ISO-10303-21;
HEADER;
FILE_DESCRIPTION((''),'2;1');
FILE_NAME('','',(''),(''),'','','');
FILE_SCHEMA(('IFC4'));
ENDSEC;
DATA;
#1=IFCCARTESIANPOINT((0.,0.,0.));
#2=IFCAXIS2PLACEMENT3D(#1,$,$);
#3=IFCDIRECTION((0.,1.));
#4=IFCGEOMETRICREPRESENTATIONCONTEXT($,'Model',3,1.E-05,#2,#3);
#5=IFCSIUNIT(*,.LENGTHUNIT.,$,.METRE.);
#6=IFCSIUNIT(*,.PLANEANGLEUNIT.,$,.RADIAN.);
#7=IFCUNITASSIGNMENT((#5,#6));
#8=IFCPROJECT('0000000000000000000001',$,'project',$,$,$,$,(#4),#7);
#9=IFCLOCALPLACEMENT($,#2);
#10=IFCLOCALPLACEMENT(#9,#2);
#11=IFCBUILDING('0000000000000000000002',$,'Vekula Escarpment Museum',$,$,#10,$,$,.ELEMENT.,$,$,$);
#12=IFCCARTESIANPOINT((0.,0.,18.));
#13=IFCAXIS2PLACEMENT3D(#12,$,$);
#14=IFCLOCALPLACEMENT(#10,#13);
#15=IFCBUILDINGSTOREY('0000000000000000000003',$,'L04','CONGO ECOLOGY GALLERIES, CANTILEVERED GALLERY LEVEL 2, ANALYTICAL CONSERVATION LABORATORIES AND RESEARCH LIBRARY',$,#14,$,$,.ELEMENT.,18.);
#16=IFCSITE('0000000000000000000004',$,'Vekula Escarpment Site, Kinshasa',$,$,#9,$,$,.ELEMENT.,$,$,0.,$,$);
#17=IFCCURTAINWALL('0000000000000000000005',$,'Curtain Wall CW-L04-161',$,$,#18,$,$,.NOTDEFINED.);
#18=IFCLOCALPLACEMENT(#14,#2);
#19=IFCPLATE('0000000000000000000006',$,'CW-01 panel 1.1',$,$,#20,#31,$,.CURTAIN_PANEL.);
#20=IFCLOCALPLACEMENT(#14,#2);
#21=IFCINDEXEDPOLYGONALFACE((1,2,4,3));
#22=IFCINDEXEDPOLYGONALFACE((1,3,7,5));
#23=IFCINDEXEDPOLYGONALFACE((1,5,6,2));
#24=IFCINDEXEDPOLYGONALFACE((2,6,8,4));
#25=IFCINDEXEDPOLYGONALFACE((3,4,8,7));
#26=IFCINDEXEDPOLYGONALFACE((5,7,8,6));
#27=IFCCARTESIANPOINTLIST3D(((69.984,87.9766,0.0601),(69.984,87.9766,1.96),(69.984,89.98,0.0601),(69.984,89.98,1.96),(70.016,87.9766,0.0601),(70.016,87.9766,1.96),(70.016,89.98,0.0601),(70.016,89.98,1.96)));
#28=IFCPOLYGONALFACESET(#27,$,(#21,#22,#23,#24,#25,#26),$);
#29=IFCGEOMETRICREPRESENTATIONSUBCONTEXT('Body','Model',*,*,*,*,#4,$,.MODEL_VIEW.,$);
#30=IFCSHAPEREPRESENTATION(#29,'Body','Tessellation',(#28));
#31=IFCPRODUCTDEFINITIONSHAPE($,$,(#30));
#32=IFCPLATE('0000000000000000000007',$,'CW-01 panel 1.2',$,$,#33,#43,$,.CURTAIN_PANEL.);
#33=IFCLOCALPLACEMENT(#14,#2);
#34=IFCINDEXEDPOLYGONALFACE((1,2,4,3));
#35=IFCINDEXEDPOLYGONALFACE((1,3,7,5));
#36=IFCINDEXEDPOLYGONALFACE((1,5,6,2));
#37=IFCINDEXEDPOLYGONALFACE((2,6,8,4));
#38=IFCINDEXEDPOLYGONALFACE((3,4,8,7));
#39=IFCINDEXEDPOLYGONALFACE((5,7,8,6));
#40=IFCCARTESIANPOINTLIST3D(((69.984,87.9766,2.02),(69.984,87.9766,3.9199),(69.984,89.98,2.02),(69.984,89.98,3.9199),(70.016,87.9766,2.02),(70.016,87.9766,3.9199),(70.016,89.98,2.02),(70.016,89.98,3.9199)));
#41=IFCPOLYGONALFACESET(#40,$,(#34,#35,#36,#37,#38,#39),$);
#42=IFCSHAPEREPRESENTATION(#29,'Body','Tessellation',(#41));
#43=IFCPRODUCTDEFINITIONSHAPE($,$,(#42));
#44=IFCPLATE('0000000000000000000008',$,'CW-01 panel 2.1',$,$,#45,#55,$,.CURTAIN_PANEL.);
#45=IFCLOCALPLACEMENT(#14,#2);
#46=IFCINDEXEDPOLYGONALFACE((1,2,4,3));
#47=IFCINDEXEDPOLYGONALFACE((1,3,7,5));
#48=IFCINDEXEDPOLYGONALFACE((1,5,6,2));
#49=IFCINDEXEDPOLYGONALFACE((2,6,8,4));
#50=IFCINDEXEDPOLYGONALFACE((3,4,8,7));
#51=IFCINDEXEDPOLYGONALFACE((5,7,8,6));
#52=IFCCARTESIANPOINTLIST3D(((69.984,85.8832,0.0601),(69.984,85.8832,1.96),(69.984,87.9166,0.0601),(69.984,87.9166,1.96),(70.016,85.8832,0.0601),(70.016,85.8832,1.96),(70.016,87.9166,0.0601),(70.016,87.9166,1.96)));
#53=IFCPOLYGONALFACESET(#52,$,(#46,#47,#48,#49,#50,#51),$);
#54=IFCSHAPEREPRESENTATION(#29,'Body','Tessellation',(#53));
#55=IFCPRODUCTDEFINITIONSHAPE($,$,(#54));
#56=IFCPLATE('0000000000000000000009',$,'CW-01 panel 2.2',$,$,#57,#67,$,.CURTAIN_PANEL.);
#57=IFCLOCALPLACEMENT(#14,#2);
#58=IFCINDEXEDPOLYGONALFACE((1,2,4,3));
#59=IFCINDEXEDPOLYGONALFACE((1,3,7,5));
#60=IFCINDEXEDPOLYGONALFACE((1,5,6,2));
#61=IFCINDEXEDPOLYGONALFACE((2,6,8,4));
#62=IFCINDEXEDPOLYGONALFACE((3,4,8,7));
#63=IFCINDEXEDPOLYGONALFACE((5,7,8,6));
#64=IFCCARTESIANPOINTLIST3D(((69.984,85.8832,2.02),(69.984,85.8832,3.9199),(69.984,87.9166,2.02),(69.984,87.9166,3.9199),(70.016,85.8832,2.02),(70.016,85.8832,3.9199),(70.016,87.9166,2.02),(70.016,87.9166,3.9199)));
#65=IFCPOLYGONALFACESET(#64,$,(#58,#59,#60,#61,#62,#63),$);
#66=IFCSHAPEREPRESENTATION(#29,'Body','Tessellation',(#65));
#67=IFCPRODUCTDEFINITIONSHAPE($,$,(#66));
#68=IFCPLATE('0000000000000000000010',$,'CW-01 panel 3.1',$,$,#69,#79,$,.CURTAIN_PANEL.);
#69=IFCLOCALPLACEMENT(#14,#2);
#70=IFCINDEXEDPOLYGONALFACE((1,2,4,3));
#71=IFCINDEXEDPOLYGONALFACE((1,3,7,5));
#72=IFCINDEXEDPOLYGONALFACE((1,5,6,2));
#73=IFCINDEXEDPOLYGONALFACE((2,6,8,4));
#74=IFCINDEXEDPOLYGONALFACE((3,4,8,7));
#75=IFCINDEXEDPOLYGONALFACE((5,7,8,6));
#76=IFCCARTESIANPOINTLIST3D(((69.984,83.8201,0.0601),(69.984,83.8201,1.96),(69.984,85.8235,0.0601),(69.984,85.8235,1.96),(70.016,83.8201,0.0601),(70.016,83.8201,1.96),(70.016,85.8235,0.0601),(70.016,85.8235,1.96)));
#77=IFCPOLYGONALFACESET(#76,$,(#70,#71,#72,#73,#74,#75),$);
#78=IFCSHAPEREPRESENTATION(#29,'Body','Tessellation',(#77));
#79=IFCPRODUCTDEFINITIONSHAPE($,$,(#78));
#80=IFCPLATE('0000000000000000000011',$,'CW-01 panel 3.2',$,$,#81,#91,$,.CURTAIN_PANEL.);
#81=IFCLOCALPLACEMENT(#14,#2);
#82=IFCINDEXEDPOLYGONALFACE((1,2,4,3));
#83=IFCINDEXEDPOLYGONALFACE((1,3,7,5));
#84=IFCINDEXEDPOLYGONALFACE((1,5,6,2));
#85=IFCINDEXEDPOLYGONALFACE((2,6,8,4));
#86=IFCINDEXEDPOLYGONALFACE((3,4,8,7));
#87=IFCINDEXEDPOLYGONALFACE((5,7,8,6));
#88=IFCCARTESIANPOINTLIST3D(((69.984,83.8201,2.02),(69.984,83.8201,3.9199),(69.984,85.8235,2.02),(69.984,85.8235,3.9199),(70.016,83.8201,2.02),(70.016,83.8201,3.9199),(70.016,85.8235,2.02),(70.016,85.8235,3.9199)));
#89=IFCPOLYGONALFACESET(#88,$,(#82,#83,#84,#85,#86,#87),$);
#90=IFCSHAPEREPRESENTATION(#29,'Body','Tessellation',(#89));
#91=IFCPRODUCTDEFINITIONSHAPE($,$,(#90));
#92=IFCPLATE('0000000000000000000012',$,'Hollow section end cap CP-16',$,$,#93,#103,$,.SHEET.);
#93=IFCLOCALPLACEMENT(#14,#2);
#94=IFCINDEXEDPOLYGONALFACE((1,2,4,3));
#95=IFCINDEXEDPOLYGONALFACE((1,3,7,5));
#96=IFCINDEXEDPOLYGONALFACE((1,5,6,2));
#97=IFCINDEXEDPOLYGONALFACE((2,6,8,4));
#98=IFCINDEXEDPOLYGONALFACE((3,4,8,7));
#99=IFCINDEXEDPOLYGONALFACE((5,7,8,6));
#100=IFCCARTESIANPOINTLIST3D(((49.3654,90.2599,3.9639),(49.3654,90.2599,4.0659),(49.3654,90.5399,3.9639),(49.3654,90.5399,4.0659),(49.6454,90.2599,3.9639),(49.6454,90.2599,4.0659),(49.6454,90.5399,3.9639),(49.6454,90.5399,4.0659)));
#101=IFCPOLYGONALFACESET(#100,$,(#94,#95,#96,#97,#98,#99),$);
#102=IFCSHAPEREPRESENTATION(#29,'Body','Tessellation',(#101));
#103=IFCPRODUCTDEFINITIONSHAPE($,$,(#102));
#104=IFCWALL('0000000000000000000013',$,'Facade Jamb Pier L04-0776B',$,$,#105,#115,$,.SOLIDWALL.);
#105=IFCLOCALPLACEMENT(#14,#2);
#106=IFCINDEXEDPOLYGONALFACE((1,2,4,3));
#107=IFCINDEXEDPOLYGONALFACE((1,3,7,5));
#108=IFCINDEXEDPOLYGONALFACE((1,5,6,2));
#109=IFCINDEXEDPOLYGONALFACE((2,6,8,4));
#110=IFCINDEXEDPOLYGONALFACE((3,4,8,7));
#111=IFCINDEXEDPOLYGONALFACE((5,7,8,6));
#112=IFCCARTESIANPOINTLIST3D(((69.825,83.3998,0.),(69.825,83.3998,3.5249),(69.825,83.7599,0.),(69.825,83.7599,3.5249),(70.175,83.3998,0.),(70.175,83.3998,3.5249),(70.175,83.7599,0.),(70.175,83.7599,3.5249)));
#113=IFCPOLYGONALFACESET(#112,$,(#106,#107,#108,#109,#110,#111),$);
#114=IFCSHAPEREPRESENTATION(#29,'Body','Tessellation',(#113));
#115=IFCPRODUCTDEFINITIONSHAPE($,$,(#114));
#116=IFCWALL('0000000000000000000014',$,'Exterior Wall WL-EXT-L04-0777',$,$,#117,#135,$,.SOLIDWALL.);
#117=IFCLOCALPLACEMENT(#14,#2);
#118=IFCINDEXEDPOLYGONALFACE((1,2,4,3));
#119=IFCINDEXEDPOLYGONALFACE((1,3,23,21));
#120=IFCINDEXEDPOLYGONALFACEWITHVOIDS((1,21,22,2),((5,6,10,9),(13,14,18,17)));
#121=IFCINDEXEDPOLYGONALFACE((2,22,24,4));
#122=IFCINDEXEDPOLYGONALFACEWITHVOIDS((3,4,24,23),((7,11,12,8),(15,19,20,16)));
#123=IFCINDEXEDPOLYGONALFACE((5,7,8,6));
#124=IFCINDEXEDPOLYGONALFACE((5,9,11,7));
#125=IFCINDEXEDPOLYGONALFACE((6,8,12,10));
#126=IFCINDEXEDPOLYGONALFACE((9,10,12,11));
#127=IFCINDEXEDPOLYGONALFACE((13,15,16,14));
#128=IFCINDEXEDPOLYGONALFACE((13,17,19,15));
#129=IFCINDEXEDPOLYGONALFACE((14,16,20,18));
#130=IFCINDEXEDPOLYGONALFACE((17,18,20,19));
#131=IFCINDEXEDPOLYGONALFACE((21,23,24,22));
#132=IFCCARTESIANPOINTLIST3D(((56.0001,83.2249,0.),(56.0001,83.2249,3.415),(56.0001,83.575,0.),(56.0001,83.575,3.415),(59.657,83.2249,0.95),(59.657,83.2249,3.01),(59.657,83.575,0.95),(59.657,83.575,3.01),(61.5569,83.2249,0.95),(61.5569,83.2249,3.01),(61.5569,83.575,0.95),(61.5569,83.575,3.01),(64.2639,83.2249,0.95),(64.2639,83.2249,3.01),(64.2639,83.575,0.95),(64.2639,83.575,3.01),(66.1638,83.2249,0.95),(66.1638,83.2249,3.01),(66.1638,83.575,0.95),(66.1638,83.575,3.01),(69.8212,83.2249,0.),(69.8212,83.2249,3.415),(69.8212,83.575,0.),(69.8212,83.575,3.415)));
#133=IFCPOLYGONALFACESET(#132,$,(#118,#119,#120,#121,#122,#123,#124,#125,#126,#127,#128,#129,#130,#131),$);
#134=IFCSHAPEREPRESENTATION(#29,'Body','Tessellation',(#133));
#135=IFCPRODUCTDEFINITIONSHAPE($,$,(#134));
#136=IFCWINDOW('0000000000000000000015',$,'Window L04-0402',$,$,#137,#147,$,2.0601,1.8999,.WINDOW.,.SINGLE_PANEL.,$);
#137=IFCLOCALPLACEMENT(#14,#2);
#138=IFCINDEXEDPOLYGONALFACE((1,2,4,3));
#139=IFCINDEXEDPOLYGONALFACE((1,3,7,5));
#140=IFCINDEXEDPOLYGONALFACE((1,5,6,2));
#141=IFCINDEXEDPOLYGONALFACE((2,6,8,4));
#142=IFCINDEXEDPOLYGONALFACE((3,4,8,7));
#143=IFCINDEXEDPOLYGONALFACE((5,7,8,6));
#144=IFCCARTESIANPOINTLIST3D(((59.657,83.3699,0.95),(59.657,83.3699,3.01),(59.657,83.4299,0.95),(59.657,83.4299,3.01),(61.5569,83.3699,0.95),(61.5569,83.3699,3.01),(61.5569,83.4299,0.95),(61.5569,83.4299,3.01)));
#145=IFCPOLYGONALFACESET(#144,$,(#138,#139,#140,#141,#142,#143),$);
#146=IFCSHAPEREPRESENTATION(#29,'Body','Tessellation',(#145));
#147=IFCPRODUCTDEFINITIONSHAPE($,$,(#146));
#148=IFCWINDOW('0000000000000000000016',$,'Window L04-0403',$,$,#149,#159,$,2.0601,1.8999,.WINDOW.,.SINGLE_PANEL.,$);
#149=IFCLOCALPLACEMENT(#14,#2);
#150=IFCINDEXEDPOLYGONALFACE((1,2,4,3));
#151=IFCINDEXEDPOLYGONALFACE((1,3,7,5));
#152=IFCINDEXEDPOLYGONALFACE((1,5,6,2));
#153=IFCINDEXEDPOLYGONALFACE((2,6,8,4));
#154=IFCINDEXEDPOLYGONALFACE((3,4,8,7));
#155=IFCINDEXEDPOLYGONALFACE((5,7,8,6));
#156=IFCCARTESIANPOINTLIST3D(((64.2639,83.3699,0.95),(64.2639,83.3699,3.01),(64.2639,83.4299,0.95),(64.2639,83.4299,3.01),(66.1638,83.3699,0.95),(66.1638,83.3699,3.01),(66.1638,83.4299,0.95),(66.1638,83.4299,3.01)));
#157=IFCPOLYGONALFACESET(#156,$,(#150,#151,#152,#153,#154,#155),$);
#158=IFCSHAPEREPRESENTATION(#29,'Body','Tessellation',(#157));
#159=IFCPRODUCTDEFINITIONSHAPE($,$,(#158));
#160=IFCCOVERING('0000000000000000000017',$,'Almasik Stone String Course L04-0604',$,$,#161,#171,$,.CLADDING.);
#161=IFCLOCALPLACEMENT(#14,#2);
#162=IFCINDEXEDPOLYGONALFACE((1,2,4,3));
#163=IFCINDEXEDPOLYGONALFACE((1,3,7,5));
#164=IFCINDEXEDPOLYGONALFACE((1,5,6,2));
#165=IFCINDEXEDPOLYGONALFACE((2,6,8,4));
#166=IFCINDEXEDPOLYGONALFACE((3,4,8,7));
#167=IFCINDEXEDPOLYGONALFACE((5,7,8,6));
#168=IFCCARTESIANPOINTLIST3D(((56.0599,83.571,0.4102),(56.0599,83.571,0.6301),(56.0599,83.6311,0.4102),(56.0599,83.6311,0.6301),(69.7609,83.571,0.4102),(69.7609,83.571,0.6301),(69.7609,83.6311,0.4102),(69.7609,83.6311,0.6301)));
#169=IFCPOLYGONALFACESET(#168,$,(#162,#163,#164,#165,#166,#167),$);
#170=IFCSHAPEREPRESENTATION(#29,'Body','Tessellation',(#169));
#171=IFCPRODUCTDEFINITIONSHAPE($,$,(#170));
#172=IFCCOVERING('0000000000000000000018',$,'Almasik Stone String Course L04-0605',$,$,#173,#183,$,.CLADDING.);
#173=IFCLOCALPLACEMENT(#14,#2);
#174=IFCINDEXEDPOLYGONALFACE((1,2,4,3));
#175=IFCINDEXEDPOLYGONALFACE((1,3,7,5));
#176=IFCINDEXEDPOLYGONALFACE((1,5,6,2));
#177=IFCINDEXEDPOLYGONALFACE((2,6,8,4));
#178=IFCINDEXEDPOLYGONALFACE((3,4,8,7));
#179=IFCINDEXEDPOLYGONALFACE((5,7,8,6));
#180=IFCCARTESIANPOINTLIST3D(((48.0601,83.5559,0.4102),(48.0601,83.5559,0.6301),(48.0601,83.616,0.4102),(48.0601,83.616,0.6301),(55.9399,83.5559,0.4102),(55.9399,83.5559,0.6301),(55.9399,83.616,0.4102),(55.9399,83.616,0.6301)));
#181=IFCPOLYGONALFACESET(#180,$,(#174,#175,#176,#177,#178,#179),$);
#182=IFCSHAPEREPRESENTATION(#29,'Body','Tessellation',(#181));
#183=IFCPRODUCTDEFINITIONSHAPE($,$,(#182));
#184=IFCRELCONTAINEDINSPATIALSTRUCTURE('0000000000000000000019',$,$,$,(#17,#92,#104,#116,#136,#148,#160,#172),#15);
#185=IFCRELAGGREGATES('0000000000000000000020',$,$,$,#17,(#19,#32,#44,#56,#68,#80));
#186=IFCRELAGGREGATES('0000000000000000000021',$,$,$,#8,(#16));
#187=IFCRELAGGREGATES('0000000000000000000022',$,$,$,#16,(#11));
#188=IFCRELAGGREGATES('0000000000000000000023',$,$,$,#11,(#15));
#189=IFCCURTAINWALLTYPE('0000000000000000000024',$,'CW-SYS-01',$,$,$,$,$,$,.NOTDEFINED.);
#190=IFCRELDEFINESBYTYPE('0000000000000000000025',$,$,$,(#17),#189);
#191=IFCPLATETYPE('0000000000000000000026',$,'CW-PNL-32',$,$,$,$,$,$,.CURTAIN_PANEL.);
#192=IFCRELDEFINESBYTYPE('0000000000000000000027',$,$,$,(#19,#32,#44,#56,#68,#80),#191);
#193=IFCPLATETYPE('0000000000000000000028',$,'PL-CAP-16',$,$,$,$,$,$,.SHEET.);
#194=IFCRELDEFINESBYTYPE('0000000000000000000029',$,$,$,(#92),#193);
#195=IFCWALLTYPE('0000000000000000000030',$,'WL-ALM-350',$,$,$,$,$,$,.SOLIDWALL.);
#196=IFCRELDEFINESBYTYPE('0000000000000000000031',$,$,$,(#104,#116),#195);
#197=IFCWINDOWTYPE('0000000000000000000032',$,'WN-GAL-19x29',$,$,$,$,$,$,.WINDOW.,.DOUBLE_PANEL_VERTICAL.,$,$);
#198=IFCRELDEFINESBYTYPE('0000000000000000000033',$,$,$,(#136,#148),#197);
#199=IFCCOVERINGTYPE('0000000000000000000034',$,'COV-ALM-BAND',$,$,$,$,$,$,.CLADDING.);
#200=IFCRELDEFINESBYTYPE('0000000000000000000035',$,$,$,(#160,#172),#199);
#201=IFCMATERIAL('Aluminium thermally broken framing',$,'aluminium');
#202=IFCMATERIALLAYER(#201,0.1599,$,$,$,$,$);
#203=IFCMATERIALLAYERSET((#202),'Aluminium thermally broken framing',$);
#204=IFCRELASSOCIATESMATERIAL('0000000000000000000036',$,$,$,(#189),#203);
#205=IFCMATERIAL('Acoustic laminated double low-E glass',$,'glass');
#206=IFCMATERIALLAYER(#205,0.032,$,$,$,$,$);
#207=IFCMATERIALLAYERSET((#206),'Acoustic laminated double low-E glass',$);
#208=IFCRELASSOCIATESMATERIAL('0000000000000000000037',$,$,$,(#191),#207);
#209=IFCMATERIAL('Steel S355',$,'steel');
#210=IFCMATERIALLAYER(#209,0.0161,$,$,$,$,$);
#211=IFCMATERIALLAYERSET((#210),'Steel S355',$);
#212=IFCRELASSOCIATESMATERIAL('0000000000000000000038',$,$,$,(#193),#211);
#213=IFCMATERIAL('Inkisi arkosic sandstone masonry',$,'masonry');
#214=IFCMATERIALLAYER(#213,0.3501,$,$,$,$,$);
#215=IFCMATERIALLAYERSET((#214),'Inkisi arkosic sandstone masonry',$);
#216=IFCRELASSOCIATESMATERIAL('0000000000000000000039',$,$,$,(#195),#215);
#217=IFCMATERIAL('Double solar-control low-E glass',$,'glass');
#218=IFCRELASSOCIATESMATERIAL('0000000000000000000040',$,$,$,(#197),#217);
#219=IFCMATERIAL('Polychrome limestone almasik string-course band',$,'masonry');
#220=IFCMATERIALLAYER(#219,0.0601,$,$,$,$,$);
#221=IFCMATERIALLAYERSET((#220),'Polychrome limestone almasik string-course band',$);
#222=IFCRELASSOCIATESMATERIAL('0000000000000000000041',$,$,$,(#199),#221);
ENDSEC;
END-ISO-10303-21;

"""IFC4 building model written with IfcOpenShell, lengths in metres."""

from ifc_helpers import new_model, si_unit, direction, frame, frame_2d, origin, origin_2d, place, context, subcontext, project, spatial, rectangle, extrude, material, layer, layer_set, type_object, element, fill, aggregate, save


model = new_model("IFC4")

# Units and contexts
model_context = context("Model", 3, precision=1e-05, world=origin(), true_north=direction((0.0, 1.0)))
body_context = subcontext(model_context, "Body", "Model", "MODEL_VIEW")
ifc_project = project(units=[si_unit("LENGTHUNIT", "METRE"), si_unit("PLANEANGLEUNIT", "RADIAN")], contexts=[model_context])

# Site, building, storey
site_placement = place(None, origin())
site = spatial("IfcSite", under=ifc_project, at=site_placement, Name="Vekula Escarpment Site, Kinshasa", CompositionType="ELEMENT", RefElevation=0.0)
building_placement = place(site_placement, origin())
building = spatial("IfcBuilding", under=site, at=building_placement, Name="Vekula Escarpment Museum", CompositionType="ELEMENT")
storey_placement = place(building_placement, frame((0.0, 0.0, 18.0)))
storey = spatial("IfcBuildingStorey", under=building, at=storey_placement, Name="L04", Description="CONGO ECOLOGY GALLERIES, CANTILEVERED GALLERY LEVEL 2, ANALYTICAL CONSERVATION LABORATORIES AND RESEARCH LIBRARY", CompositionType="ELEMENT", Elevation=18.0)

# Curtain wall
ifc_material_1 = material(Name="Aluminium thermally broken framing", Category="aluminium")
ifc_layer_1 = layer(ifc_material_1, 0.1599)
ifc_layer_set_1 = layer_set([ifc_layer_1], Name="Aluminium thermally broken framing")
curtain_wall_type = type_object("IfcCurtainWallType", Name="CW-SYS-01", PredefinedType="NOTDEFINED", material=ifc_layer_set_1)
curtain_wall_placement = place(storey_placement, origin())
curtain_wall = element("IfcCurtainWall", 1, at=curtain_wall_placement, inside=storey, type_object=curtain_wall_type, Name="Curtain Wall CW-L04-161", PredefinedType="NOTDEFINED")

# Plates
ifc_material_2 = material(Name="Acoustic laminated double low-E glass", Category="glass")
ifc_layer_2 = layer(ifc_material_2, 0.032)
ifc_layer_set_2 = layer_set([ifc_layer_2], Name="Acoustic laminated double low-E glass")
plate_type_1 = type_object("IfcPlateType", Name="CW-PNL-32", PredefinedType="CURTAIN_PANEL", material=ifc_layer_set_2)
plate_1_placement = place(storey_placement, frame((70.0, 88.9783, 0.0601), z_axis=(0.0, 0.0, 1.0), x_axis=(0.0, -1.0, 0.0)))
plate_1 = element("IfcPlate", 2, at=plate_1_placement, type_object=plate_type_1, Name="CW-01 panel 1.1", PredefinedType="CURTAIN_PANEL", context=body_context, shape_type="SweptSolid", body=[
    extrude(rectangle(XDim=2.0034, YDim=0.032, at=origin_2d()), origin(), (0.0, 0.0, 1.0), 1.8999),
])
plate_2_placement = place(storey_placement, frame((70.0, 88.9783, 2.02), z_axis=(0.0, 0.0, 1.0), x_axis=(0.0, -1.0, 0.0)))
plate_2 = element("IfcPlate", 3, at=plate_2_placement, type_object=plate_type_1, Name="CW-01 panel 1.2", PredefinedType="CURTAIN_PANEL", context=body_context, shape_type="SweptSolid", body=[
    extrude(rectangle(XDim=2.0034, YDim=0.032, at=origin_2d()), origin(), (0.0, 0.0, 1.0), 1.8999),
])
plate_3_placement = place(storey_placement, frame((70.0, 86.8999, 0.0601), z_axis=(0.0, 0.0, 1.0), x_axis=(0.0, -1.0, 0.0)))
plate_3 = element("IfcPlate", 4, at=plate_3_placement, type_object=plate_type_1, Name="CW-01 panel 2.1", PredefinedType="CURTAIN_PANEL", context=body_context, shape_type="SweptSolid", body=[
    extrude(rectangle(XDim=2.0334, YDim=0.032, at=origin_2d()), origin(), (0.0, 0.0, 1.0), 1.8999),
])
plate_4_placement = place(storey_placement, frame((70.0, 86.8999, 2.02), z_axis=(0.0, 0.0, 1.0), x_axis=(0.0, -1.0, 0.0)))
plate_4 = element("IfcPlate", 5, at=plate_4_placement, type_object=plate_type_1, Name="CW-01 panel 2.2", PredefinedType="CURTAIN_PANEL", context=body_context, shape_type="SweptSolid", body=[
    extrude(rectangle(XDim=2.0334, YDim=0.032, at=origin_2d()), origin(), (0.0, 0.0, 1.0), 1.8999),
])
plate_5_placement = place(storey_placement, frame((70.0, 84.8218, 0.0601), z_axis=(0.0, 0.0, 1.0), x_axis=(0.0, -1.0, 0.0)))
plate_5 = element("IfcPlate", 6, at=plate_5_placement, type_object=plate_type_1, Name="CW-01 panel 3.1", PredefinedType="CURTAIN_PANEL", context=body_context, shape_type="SweptSolid", body=[
    extrude(rectangle(XDim=2.0034, YDim=0.032, at=origin_2d()), origin(), (0.0, 0.0, 1.0), 1.8999),
])
plate_6_placement = place(storey_placement, frame((70.0, 84.8218, 2.02), z_axis=(0.0, 0.0, 1.0), x_axis=(0.0, -1.0, 0.0)))
plate_6 = element("IfcPlate", 7, at=plate_6_placement, type_object=plate_type_1, Name="CW-01 panel 3.2", PredefinedType="CURTAIN_PANEL", context=body_context, shape_type="SweptSolid", body=[
    extrude(rectangle(XDim=2.0034, YDim=0.032, at=origin_2d()), origin(), (0.0, 0.0, 1.0), 1.8999),
])
aggregate(curtain_wall, [plate_1, plate_2, plate_3, plate_4, plate_5, plate_6])
ifc_material_3 = material(Name="Steel S355", Category="steel")
ifc_layer_3 = layer(ifc_material_3, 0.0161)
ifc_layer_set_3 = layer_set([ifc_layer_3], Name="Steel S355")
plate_type_2 = type_object("IfcPlateType", Name="PL-CAP-16", PredefinedType="SHEET", material=ifc_layer_set_3)
plate_7_placement = place(storey_placement, frame((49.5054, 90.3999, 3.9639), z_axis=(0.0, 0.0, 1.0), x_axis=(1.0, 0.0, 0.0)))
element("IfcPlate", 8, at=plate_7_placement, inside=storey, type_object=plate_type_2, Name="Hollow section end cap CP-16", PredefinedType="SHEET", context=body_context, shape_type="SweptSolid", body=[
    extrude(rectangle(XDim=0.28, YDim=0.28, at=origin_2d()), origin(), (0.0, 0.0, 1.0), 0.1021),
])

# Wall
ifc_material_4 = material(Name="Inkisi arkosic sandstone masonry", Category="masonry")
ifc_layer_4 = layer(ifc_material_4, 0.3501)
ifc_layer_set_4 = layer_set([ifc_layer_4], Name="Inkisi arkosic sandstone masonry")
wall_type = type_object("IfcWallType", Name="WL-ALM-350", PredefinedType="SOLIDWALL", material=ifc_layer_set_4)
wall_1_placement = place(storey_placement, frame((70.0, 83.76, 0.0), z_axis=(0.0, 0.0, 1.0), x_axis=(0.0, -1.0, 0.0)))
element("IfcWall", 9, at=wall_1_placement, inside=storey, type_object=wall_type, Name="Facade Jamb Pier L04-0776B", PredefinedType="SOLIDWALL", context=body_context, shape_type="SweptSolid", body=[
    extrude(rectangle(XDim=0.3601, YDim=0.3501, at=frame_2d((0.1802, 0.0))), origin(), (0.0, 0.0, 1.0), 3.5249),
])

# Wall, openings, windows
wall_2_placement = place(storey_placement, frame((56.0, 83.3999, 0.0), z_axis=(0.0, 0.0, 1.0), x_axis=(1.0, 0.0, 0.0)))
wall_2 = element("IfcWall", 10, at=wall_2_placement, inside=storey, type_object=wall_type, Name="Exterior Wall WL-EXT-L04-0777", PredefinedType="SOLIDWALL", context=body_context, shape_type="SweptSolid", body=[
    extrude(rectangle(XDim=13.821, YDim=0.3501, at=frame_2d((6.9106, 0.0))), origin(), (0.0, 0.0, 1.0), 3.415),
])
opening_1_placement = place(wall_2_placement, frame((3.657, 0.0, 0.95)))
opening_1 = element("IfcOpeningElement", 11, at=opening_1_placement, cuts=wall_2, PredefinedType="OPENING", context=body_context, shape_type="SweptSolid", body=[
    extrude(rectangle(XDim=1.8999, YDim=2.0601, at=frame_2d((0.95, 1.03))), frame((0.0, 0.1851, 0.0), z_axis=(0.0, -1.0, 0.0), x_axis=(1.0, 0.0, 0.0)), (0.0, 0.0, 1.0), 0.3701),
])
opening_2_placement = place(wall_2_placement, frame((8.2639, 0.0, 0.95)))
opening_2 = element("IfcOpeningElement", 12, at=opening_2_placement, cuts=wall_2, PredefinedType="OPENING", context=body_context, shape_type="SweptSolid", body=[
    extrude(rectangle(XDim=1.8999, YDim=2.0601, at=frame_2d((0.95, 1.03))), frame((0.0, 0.1851, 0.0), z_axis=(0.0, -1.0, 0.0), x_axis=(1.0, 0.0, 0.0)), (0.0, 0.0, 1.0), 0.3701),
])
ifc_material_5 = material(Name="Double solar-control low-E glass", Category="glass")
window_type = type_object("IfcWindowType", Name="WN-GAL-19x29", PartitioningType="DOUBLE_PANEL_VERTICAL", PredefinedType="WINDOW", material=ifc_material_5)
window_1_placement = place(opening_1_placement, origin())
window_1 = element("IfcWindow", 13, at=window_1_placement, inside=storey, type_object=window_type, Name="Window L04-0402", OverallHeight=2.0601, OverallWidth=1.8999, PartitioningType="SINGLE_PANEL", PredefinedType="WINDOW", context=body_context, shape_type="SweptSolid", body=[
    extrude(rectangle(XDim=1.8999, YDim=2.0601, at=frame_2d((0.95, 1.03))), frame((0.0, 0.03, 0.0), z_axis=(0.0, -1.0, 0.0), x_axis=(1.0, 0.0, 0.0)), (0.0, 0.0, 1.0), 0.0601),
])
fill(opening_1, window_1)
window_2_placement = place(opening_2_placement, origin())
window_2 = element("IfcWindow", 14, at=window_2_placement, inside=storey, type_object=window_type, Name="Window L04-0403", OverallHeight=2.0601, OverallWidth=1.8999, PartitioningType="SINGLE_PANEL", PredefinedType="WINDOW", context=body_context, shape_type="SweptSolid", body=[
    extrude(rectangle(XDim=1.8999, YDim=2.0601, at=frame_2d((0.95, 1.03))), frame((0.0, 0.03, 0.0), z_axis=(0.0, -1.0, 0.0), x_axis=(1.0, 0.0, 0.0)), (0.0, 0.0, 1.0), 0.0601),
])
fill(opening_2, window_2)

# Coverings
ifc_material_6 = material(Name="Polychrome limestone almasik string-course band", Category="masonry")
ifc_layer_5 = layer(ifc_material_6, 0.0601)
ifc_layer_set_5 = layer_set([ifc_layer_5], Name="Polychrome limestone almasik string-course band")
covering_type = type_object("IfcCoveringType", Name="COV-ALM-BAND", PredefinedType="CLADDING", material=ifc_layer_set_5)
covering_1_placement = place(storey_placement, frame((62.9104, 83.6011, 0.4102), z_axis=(0.0, 0.0, 1.0), x_axis=(1.0, 0.0, 0.0)))
element("IfcCovering", 15, at=covering_1_placement, inside=storey, type_object=covering_type, Name="Almasik Stone String Course L04-0604", PredefinedType="CLADDING", context=body_context, shape_type="SweptSolid", body=[
    extrude(rectangle(XDim=13.7009, YDim=0.0601, at=origin_2d()), origin(), (0.0, 0.0, 1.0), 0.22),
])
covering_2_placement = place(storey_placement, frame((52.0, 83.5859, 0.4102), z_axis=(0.0, 0.0, 1.0), x_axis=(1.0, 0.0, 0.0)))
element("IfcCovering", 16, at=covering_2_placement, inside=storey, type_object=covering_type, Name="Almasik Stone String Course L04-0605", PredefinedType="CLADDING", context=body_context, shape_type="SweptSolid", body=[
    extrude(rectangle(XDim=7.8799, YDim=0.0601, at=origin_2d()), origin(), (0.0, 0.0, 1.0), 0.22),
])

save(model, "model.ifc")
